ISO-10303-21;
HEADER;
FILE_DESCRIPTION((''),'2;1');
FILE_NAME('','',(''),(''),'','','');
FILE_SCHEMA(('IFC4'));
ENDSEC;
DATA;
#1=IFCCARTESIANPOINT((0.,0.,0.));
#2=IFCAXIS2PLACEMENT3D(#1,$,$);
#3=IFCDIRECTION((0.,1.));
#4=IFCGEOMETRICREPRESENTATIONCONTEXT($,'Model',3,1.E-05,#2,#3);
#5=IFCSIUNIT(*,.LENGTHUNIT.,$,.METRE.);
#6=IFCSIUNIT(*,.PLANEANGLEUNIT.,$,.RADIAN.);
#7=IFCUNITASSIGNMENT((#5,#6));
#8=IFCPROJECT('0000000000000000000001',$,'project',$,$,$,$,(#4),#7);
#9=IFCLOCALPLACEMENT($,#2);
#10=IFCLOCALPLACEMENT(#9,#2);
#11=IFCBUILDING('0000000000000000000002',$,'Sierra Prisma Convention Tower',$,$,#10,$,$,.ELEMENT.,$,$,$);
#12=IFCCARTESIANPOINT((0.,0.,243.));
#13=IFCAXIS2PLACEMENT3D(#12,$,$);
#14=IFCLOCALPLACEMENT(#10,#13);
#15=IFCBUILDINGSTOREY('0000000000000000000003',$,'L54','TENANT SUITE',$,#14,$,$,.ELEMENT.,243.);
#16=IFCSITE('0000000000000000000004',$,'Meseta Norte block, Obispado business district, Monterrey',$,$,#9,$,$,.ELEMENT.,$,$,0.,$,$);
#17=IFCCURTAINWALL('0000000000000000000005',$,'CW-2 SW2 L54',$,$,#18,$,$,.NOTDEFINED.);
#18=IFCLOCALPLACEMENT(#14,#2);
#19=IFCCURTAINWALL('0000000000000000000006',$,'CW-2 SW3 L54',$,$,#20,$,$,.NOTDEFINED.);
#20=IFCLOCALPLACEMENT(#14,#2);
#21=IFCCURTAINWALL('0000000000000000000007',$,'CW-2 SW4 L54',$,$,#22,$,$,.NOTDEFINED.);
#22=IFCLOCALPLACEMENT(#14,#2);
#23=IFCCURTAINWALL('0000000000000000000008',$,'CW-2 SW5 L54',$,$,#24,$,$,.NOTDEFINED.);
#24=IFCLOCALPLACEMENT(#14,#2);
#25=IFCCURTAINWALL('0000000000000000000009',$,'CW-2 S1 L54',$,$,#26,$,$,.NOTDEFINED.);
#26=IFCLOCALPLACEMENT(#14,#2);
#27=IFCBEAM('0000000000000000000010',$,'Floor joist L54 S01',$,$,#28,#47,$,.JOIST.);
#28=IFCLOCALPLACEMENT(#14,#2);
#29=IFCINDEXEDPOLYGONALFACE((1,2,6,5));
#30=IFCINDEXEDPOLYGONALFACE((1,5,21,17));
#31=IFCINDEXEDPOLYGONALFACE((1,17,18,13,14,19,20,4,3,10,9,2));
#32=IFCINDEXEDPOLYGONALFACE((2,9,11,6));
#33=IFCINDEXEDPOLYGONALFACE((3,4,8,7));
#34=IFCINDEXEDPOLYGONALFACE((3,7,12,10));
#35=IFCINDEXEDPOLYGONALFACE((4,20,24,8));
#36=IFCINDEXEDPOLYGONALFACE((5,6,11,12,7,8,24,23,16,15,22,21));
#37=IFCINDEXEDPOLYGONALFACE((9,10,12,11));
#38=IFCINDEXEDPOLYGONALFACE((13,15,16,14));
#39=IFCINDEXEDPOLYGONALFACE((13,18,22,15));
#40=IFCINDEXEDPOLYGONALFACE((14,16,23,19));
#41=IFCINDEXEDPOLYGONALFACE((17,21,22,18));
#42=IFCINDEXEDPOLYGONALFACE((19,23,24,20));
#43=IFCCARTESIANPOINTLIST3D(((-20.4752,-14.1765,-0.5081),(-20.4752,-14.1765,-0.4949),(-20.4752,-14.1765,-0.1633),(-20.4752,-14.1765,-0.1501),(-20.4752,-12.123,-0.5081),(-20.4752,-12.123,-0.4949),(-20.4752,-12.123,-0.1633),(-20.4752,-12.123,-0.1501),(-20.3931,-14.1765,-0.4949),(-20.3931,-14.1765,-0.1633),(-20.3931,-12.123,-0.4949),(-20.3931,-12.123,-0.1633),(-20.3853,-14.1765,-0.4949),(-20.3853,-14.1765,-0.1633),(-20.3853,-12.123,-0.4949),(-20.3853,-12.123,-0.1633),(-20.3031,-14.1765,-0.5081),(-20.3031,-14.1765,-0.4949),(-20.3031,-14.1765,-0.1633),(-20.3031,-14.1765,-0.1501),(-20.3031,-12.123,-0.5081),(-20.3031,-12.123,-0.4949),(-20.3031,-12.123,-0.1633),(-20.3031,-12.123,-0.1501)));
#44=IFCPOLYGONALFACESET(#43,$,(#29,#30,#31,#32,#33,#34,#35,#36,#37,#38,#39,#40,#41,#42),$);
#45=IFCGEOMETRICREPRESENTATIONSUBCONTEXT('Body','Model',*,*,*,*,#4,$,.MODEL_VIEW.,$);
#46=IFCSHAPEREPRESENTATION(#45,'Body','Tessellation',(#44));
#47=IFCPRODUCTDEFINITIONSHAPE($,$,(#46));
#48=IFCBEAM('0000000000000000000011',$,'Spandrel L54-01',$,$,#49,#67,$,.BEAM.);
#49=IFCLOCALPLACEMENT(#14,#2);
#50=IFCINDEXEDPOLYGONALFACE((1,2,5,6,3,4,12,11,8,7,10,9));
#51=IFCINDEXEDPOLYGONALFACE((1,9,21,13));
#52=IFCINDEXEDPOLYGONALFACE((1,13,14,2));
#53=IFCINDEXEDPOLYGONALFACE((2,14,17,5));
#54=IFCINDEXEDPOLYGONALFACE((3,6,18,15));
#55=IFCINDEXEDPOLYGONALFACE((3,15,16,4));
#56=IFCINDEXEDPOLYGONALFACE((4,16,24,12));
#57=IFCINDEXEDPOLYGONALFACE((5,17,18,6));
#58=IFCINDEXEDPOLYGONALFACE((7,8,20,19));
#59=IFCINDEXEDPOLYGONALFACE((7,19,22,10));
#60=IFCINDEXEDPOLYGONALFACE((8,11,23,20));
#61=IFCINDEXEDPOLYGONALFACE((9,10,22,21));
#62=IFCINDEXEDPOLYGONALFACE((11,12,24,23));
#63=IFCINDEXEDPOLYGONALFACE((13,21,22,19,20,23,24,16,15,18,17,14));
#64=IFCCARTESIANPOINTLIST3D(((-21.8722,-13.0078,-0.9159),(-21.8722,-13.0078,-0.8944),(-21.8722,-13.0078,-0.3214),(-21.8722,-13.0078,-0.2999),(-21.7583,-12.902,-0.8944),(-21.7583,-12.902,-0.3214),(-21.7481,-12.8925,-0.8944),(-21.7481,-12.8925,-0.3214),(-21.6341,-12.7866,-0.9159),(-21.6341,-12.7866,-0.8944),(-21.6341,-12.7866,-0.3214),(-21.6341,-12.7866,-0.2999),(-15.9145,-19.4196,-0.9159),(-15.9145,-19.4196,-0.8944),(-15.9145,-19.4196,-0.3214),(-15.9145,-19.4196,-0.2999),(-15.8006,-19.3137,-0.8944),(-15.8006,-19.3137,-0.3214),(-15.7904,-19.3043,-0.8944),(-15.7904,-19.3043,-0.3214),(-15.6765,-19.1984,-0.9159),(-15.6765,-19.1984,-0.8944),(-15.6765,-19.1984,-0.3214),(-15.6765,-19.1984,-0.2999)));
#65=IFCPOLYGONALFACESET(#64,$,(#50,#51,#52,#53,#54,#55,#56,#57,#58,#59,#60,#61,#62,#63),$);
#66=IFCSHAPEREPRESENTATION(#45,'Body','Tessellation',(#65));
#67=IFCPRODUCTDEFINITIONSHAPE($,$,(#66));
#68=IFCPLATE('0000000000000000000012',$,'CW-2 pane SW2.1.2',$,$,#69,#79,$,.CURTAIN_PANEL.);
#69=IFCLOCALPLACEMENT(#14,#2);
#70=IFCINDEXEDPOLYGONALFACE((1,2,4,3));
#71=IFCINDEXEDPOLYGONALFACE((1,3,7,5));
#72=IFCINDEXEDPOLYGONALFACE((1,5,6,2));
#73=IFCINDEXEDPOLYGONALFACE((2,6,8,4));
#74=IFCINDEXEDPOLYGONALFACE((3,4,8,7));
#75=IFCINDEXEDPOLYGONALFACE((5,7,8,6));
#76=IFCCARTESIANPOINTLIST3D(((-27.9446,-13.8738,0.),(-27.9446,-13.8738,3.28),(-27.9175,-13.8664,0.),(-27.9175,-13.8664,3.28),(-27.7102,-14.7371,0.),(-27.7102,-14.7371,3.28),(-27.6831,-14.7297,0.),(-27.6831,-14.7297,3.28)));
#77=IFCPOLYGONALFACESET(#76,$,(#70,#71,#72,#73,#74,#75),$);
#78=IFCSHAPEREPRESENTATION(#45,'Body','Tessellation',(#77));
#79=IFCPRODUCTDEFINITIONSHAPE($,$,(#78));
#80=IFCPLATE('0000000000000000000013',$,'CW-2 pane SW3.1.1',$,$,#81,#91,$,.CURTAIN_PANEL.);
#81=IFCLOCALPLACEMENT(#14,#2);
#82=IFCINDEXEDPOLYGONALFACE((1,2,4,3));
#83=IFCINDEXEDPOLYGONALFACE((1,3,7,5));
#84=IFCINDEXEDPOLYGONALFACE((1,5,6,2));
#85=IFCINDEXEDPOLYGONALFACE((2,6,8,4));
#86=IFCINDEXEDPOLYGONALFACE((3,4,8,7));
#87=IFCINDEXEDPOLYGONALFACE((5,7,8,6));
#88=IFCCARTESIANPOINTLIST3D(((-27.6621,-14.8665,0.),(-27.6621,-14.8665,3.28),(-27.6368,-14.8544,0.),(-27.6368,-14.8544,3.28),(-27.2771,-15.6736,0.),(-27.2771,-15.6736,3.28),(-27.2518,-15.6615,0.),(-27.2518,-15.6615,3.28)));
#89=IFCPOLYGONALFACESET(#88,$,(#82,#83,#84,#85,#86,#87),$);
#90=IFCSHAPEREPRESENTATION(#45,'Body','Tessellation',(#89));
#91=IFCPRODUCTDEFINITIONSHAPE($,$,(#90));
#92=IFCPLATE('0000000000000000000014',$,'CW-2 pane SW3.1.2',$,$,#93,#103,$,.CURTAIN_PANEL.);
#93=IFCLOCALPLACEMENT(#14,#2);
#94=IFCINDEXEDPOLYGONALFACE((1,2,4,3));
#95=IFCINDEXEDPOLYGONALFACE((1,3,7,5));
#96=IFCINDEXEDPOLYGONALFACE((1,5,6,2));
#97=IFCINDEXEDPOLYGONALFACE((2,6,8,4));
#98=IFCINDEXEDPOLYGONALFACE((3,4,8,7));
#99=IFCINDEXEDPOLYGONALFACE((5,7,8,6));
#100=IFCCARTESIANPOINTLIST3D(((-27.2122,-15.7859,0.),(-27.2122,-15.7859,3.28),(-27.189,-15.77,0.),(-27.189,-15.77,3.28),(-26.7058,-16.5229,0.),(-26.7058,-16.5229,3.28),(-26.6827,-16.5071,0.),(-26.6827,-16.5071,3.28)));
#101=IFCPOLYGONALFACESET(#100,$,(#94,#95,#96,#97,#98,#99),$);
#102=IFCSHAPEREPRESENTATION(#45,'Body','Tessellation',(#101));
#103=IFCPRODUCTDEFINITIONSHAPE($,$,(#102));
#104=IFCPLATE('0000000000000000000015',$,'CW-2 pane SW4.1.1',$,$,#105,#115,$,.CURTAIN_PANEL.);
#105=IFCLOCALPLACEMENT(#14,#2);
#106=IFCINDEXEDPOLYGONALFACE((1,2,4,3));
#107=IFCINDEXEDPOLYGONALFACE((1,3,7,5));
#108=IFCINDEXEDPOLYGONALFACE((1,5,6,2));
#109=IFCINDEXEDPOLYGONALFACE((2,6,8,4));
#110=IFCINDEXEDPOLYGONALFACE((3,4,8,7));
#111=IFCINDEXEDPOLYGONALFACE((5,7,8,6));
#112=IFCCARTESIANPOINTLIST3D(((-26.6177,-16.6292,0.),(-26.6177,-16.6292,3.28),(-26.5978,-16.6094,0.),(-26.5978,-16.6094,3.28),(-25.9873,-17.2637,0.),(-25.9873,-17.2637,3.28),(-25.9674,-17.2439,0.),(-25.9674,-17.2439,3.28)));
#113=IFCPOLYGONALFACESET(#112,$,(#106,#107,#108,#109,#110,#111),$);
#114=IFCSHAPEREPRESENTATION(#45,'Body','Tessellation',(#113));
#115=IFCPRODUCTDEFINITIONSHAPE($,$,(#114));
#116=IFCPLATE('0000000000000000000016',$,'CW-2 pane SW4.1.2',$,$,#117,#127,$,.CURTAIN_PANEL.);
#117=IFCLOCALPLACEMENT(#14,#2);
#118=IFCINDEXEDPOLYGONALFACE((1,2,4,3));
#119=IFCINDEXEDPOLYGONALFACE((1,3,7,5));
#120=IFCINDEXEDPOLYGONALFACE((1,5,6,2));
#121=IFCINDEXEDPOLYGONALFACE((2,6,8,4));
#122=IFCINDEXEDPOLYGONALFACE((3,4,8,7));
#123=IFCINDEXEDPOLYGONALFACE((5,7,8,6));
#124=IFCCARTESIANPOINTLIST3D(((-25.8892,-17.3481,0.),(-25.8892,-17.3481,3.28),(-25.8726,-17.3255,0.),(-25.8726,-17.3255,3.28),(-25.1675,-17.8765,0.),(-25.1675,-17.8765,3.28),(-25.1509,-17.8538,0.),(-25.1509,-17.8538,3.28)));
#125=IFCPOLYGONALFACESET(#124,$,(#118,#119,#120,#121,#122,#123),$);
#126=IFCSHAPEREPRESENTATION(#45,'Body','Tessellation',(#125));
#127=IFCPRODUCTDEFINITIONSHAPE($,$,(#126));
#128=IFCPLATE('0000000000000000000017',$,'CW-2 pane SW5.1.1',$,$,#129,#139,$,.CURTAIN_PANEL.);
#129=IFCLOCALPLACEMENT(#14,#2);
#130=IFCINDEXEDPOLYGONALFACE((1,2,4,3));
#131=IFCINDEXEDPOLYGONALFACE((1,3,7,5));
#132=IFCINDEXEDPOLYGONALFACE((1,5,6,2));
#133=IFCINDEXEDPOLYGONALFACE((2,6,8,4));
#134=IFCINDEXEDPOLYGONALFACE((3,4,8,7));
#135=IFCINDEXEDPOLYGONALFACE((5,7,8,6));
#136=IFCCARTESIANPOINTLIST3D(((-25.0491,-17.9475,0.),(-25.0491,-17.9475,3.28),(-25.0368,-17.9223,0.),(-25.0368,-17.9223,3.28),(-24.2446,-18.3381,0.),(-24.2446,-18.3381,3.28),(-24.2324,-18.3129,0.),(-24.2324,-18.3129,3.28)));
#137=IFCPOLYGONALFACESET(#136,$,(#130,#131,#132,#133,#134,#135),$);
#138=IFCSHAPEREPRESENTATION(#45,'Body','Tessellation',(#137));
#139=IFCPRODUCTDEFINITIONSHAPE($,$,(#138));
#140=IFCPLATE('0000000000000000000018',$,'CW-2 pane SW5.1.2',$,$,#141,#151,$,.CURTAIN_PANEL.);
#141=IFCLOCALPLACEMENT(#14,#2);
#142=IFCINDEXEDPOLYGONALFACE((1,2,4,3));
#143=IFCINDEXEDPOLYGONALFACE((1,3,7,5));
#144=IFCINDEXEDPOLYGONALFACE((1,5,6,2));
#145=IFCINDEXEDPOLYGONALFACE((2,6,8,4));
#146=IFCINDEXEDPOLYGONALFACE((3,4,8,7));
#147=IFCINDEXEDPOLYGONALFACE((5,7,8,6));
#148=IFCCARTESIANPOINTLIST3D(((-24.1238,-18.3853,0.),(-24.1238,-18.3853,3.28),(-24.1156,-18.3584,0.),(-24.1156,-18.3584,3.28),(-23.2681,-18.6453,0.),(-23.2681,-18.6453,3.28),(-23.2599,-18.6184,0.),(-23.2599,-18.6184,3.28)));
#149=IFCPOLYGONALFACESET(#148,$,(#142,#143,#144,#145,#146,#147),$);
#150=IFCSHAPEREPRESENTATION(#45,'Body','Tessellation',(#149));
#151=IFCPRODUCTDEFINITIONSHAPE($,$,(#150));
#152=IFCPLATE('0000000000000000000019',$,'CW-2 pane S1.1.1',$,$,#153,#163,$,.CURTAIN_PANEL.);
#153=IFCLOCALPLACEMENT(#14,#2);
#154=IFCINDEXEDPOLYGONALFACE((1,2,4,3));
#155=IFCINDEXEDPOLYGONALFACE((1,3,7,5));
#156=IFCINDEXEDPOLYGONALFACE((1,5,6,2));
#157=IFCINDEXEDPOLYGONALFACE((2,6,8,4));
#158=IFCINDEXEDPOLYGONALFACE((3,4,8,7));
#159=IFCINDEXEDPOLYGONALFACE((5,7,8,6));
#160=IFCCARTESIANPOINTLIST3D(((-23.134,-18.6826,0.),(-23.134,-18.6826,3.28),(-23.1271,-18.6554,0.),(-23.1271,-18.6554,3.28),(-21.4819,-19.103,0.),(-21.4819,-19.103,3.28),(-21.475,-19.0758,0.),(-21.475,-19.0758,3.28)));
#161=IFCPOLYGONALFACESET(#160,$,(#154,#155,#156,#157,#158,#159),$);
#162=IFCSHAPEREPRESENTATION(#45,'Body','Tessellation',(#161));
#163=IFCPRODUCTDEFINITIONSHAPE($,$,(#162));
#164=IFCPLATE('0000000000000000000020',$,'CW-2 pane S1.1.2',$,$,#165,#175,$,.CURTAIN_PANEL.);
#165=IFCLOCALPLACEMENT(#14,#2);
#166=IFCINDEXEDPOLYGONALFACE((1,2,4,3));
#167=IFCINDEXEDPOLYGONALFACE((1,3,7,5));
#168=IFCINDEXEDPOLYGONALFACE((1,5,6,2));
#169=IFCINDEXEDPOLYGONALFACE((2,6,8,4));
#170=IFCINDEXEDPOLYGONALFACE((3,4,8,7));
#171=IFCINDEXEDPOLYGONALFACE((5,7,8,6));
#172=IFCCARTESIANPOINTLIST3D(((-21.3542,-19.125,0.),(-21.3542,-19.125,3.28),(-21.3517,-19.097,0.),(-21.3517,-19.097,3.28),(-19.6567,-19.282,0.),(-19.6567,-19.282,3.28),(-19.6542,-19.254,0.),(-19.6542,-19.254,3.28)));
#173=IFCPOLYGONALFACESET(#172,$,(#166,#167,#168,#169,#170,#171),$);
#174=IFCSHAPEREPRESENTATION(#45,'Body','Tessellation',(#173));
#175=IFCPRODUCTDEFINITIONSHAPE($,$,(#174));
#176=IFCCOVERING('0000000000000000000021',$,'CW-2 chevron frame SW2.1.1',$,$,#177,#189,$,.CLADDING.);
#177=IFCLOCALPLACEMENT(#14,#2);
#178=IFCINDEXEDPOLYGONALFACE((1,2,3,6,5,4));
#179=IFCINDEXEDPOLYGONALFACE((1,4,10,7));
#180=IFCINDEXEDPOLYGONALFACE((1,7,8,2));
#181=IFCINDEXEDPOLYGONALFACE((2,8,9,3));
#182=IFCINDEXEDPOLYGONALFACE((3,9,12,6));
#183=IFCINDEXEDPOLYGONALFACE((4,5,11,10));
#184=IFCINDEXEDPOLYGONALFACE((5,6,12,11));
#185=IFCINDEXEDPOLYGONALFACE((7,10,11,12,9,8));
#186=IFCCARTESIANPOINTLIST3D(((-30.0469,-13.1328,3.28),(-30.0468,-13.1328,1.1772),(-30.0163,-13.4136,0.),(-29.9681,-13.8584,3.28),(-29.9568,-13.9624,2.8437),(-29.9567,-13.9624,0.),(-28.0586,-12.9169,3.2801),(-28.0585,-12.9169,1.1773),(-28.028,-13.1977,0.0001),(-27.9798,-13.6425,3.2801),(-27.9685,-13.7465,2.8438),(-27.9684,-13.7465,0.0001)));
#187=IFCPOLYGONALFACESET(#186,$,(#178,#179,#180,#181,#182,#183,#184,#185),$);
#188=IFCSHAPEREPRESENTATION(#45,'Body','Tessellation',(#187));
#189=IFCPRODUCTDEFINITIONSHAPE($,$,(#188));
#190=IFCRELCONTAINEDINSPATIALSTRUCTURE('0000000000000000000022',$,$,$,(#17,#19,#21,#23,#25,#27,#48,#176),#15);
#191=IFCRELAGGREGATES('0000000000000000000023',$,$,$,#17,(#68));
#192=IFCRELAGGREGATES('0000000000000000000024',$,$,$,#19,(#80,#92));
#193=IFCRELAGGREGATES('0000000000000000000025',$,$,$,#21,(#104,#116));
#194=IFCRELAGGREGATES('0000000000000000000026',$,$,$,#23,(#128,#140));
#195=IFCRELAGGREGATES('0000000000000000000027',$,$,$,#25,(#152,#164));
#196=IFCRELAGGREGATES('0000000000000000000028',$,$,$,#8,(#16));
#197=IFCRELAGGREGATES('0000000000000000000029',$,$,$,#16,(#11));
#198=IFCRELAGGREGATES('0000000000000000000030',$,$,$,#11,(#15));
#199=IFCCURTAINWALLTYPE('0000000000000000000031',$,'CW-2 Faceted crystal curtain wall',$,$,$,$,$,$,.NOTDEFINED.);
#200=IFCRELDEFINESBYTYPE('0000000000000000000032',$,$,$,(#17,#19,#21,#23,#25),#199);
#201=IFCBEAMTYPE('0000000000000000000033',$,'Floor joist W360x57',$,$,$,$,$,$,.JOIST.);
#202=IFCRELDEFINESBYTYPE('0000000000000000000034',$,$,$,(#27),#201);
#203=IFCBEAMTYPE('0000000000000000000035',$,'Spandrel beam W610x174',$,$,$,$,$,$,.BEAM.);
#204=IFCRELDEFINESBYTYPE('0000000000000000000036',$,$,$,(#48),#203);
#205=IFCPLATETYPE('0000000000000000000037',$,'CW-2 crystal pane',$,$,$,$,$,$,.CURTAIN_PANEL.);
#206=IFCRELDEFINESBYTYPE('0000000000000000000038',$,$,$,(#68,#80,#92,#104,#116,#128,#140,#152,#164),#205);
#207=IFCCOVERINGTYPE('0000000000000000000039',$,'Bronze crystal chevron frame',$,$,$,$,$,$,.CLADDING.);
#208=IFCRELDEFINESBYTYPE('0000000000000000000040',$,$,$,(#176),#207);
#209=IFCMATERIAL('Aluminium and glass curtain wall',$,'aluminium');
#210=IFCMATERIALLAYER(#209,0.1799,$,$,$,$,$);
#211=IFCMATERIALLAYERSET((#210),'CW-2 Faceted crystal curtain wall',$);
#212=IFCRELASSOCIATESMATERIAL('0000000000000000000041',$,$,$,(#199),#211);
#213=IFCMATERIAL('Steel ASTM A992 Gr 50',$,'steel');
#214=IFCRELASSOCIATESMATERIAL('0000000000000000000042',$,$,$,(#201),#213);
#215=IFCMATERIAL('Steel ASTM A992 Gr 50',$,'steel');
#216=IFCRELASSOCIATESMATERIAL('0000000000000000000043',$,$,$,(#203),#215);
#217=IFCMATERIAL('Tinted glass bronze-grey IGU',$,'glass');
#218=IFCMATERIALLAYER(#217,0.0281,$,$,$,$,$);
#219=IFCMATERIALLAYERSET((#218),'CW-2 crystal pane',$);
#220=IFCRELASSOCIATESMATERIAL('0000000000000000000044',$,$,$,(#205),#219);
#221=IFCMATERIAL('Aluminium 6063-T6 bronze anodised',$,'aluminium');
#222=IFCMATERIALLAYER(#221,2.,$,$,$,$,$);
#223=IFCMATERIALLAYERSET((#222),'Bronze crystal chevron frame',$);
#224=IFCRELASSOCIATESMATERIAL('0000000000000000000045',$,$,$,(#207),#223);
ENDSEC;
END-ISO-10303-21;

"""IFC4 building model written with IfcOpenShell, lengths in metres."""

from ifc_helpers import new_model, si_unit, direction, frame, origin, origin_2d, place, context, subcontext, project, spatial, polyline, i_section, outline, extrude, material, layer, layer_set, material_profile, profile_set, type_object, element, aggregate, save


model = new_model("IFC4")

# Units and contexts
model_context = context("Model", 3, precision=1e-05, world=origin(), true_north=direction((0.0, 1.0)))
body_context = subcontext(model_context, "Body", "Model", "MODEL_VIEW")
ifc_project = project(units=[si_unit("LENGTHUNIT", "METRE"), si_unit("PLANEANGLEUNIT", "RADIAN")], contexts=[model_context])

# Site, building, storey
site_placement = place(None, origin())
site = spatial("IfcSite", under=ifc_project, at=site_placement, Name="Meseta Norte block, Obispado business district, Monterrey", CompositionType="ELEMENT", RefElevation=0.0)
building_placement = place(site_placement, origin())
building = spatial("IfcBuilding", under=site, at=building_placement, Name="Sierra Prisma Convention Tower", CompositionType="ELEMENT")
storey_placement = place(building_placement, frame((0.0, 0.0, 243.0)))
storey = spatial("IfcBuildingStorey", under=building, at=storey_placement, Name="L54", Description="TENANT SUITE", CompositionType="ELEMENT", Elevation=243.0)

# Curtain walls
ifc_material_1 = material(Name="Aluminium and glass curtain wall", Category="aluminium")
ifc_layer_1 = layer(ifc_material_1, 0.1799)
ifc_layer_set_1 = layer_set([ifc_layer_1], Name="CW-2 Faceted crystal curtain wall")
curtain_wall_type = type_object("IfcCurtainWallType", Name="CW-2 Faceted crystal curtain wall", PredefinedType="NOTDEFINED", material=ifc_layer_set_1)
curtain_wall_1_placement = place(storey_placement, origin())
curtain_wall_1 = element("IfcCurtainWall", 1, at=curtain_wall_1_placement, inside=storey, type_object=curtain_wall_type, Name="CW-2 SW2 L54", PredefinedType="NOTDEFINED")
curtain_wall_2_placement = place(storey_placement, origin())
curtain_wall_2 = element("IfcCurtainWall", 2, at=curtain_wall_2_placement, inside=storey, type_object=curtain_wall_type, Name="CW-2 SW3 L54", PredefinedType="NOTDEFINED")
curtain_wall_3_placement = place(storey_placement, origin())
curtain_wall_3 = element("IfcCurtainWall", 3, at=curtain_wall_3_placement, inside=storey, type_object=curtain_wall_type, Name="CW-2 SW4 L54", PredefinedType="NOTDEFINED")
curtain_wall_4_placement = place(storey_placement, origin())
curtain_wall_4 = element("IfcCurtainWall", 4, at=curtain_wall_4_placement, inside=storey, type_object=curtain_wall_type, Name="CW-2 SW5 L54", PredefinedType="NOTDEFINED")
curtain_wall_5_placement = place(storey_placement, origin())
curtain_wall_5 = element("IfcCurtainWall", 5, at=curtain_wall_5_placement, inside=storey, type_object=curtain_wall_type, Name="CW-2 S1 L54", PredefinedType="NOTDEFINED")

# Beams
ifc_material_2 = material(Name="Steel ASTM A992 Gr 50", Category="steel")
ifc_material_profile_1 = material_profile(ifc_material_2, i_section(OverallWidth=0.1721, OverallDepth=0.3579, WebThickness=0.0078, FlangeThickness=0.0132, at=origin_2d()), Name="W360x57")
ifc_profile_set_1 = profile_set([ifc_material_profile_1], Name="Steel ASTM A992 Gr 50")
beam_type_1 = type_object("IfcBeamType", Name="Floor joist W360x57", PredefinedType="JOIST", material=ifc_profile_set_1)
beam_1_placement = place(storey_placement, frame((-20.3892, -14.1765, -0.3291), z_axis=(0.0, 1.0, 0.0), x_axis=(-1.0, 0.0, 0.0)))
element("IfcBeam", 6, at=beam_1_placement, inside=storey, type_object=beam_type_1, Name="Floor joist L54 S01", PredefinedType="JOIST", context=body_context, shape_type="SweptSolid", body=[
    extrude(i_section(OverallWidth=0.1721, OverallDepth=0.3579, WebThickness=0.0078, FlangeThickness=0.0132, at=origin_2d()), origin(), (0.0, 0.0, 1.0), 2.0535),
])
ifc_material_3 = material(Name="Steel ASTM A992 Gr 50", Category="steel")
ifc_material_profile_2 = material_profile(ifc_material_3, i_section(OverallWidth=0.325, OverallDepth=0.616, WebThickness=0.0139, FlangeThickness=0.0215, at=origin_2d()), Name="W610x174")
ifc_profile_set_2 = profile_set([ifc_material_profile_2], Name="Steel ASTM A992 Gr 50")
beam_type_2 = type_object("IfcBeamType", Name="Spandrel beam W610x174", PredefinedType="BEAM", material=ifc_profile_set_2)
beam_2_placement = place(storey_placement, frame((-21.7532, -12.8972, -0.6079), z_axis=(0.68069, -0.732572, 0.0), x_axis=(0.732572, 0.68069, 0.0)))
element("IfcBeam", 7, at=beam_2_placement, inside=storey, type_object=beam_type_2, Name="Spandrel L54-01", PredefinedType="BEAM", context=body_context, shape_type="SweptSolid", body=[
    extrude(i_section(OverallWidth=0.325, OverallDepth=0.616, WebThickness=0.0139, FlangeThickness=0.0215, at=origin_2d()), origin(), (0.0, 0.0, 1.0), 8.7524),
])

# Plates
ifc_material_4 = material(Name="Tinted glass bronze-grey IGU", Category="glass")
ifc_layer_2 = layer(ifc_material_4, 0.0281)
ifc_layer_set_2 = layer_set([ifc_layer_2], Name="CW-2 crystal pane")
plate_type = type_object("IfcPlateType", Name="CW-2 crystal pane", PredefinedType="CURTAIN_PANEL", material=ifc_layer_set_2)
plate_1_placement = place(storey_placement, frame((-27.7102, -14.7371, 0.0), z_axis=(-0.965066, -0.262009, 0.0), x_axis=(-0.262009, 0.965066, 0.0)))
plate_1 = element("IfcPlate", 8, at=plate_1_placement, type_object=plate_type, Name="CW-2 pane SW2.1.2", PredefinedType="CURTAIN_PANEL", context=body_context, shape_type="SweptSolid", body=[
    extrude(outline(polyline([(0.0, 0.0), (0.8945, 0.0), (0.8945, -3.28), (0.0, -3.28), (0.0, 0.0)])), origin(), (0.0, 0.0, -1.0), 0.0281),
])
aggregate(curtain_wall_1, [plate_1])
plate_2_placement = place(storey_placement, frame((-27.6621, -14.8665, 0.0), z_axis=(-0.902573, -0.430538, 0.0), x_axis=(0.430538, -0.902573, 0.0)))
plate_2 = element("IfcPlate", 9, at=plate_2_placement, type_object=plate_type, Name="CW-2 pane SW3.1.1", PredefinedType="CURTAIN_PANEL", context=body_context, shape_type="SweptSolid", body=[
    extrude(outline(polyline([(0.0, 0.0), (0.8943, 0.0), (0.8943, 3.28), (0.0, 3.28), (0.0, 0.0)])), origin(), (0.0, 0.0, -1.0), 0.0281),
])
plate_3_placement = place(storey_placement, frame((-26.7058, -16.5229, 0.0), z_axis=(-0.824241, -0.566239, 0.0), x_axis=(-0.566239, 0.824241, 0.0)))
plate_3 = element("IfcPlate", 10, at=plate_3_placement, type_object=plate_type, Name="CW-2 pane SW3.1.2", PredefinedType="CURTAIN_PANEL", context=body_context, shape_type="SweptSolid", body=[
    extrude(outline(polyline([(0.0, 0.0), (0.8942, 0.0), (0.8942, -3.28), (0.0, -3.28), (0.0, 0.0)])), origin(), (0.0, 0.0, -1.0), 0.0281),
])
aggregate(curtain_wall_2, [plate_2, plate_3])
plate_4_placement = place(storey_placement, frame((-26.6177, -16.6292, 0.0), z_axis=(-0.709423, -0.704783, 0.0), x_axis=(0.704783, -0.709423, 0.0)))
plate_4 = element("IfcPlate", 11, at=plate_4_placement, type_object=plate_type, Name="CW-2 pane SW4.1.1", PredefinedType="CURTAIN_PANEL", context=body_context, shape_type="SweptSolid", body=[
    extrude(outline(polyline([(0.0, 0.0), (0.8944, 0.0), (0.8944, 3.28), (0.0, 3.28), (0.0, 0.0)])), origin(), (0.0, 0.0, -1.0), 0.0281),
])
plate_5_placement = place(storey_placement, frame((-25.1675, -17.8765, 0.0), z_axis=(-0.590701, -0.806891, 0.0), x_axis=(-0.806891, 0.590701, 0.0)))
plate_5 = element("IfcPlate", 12, at=plate_5_placement, type_object=plate_type, Name="CW-2 pane SW4.1.2", PredefinedType="CURTAIN_PANEL", context=body_context, shape_type="SweptSolid", body=[
    extrude(outline(polyline([(0.0, 0.0), (0.8944, 0.0), (0.8944, -3.28), (0.0, -3.28), (0.0, 0.0)])), origin(), (0.0, 0.0, -1.0), 0.0281),
])
aggregate(curtain_wall_3, [plate_4, plate_5])
plate_6_placement = place(storey_placement, frame((-25.0491, -17.9475, 0.0), z_axis=(-0.436809, -0.899554, 0.0), x_axis=(0.899554, -0.436809, 0.0)))
plate_6 = element("IfcPlate", 13, at=plate_6_placement, type_object=plate_type, Name="CW-2 pane SW5.1.1", PredefinedType="CURTAIN_PANEL", context=body_context, shape_type="SweptSolid", body=[
    extrude(outline(polyline([(0.0, 0.0), (0.8943, 0.0), (0.8943, 3.28), (0.0, 3.28), (0.0, 0.0)])), origin(), (0.0, 0.0, -1.0), 0.0281),
])
plate_7_placement = place(storey_placement, frame((-23.2681, -18.6453, 0.0), z_axis=(-0.290727, -0.956806, 0.0), x_axis=(-0.956806, 0.290727, 0.0)))
plate_7 = element("IfcPlate", 14, at=plate_7_placement, type_object=plate_type, Name="CW-2 pane SW5.1.2", PredefinedType="CURTAIN_PANEL", context=body_context, shape_type="SweptSolid", body=[
    extrude(outline(polyline([(0.0, 0.0), (0.8943, 0.0), (0.8943, -3.28), (0.0, -3.28), (0.0, 0.0)])), origin(), (0.0, 0.0, -1.0), 0.0281),
])
aggregate(curtain_wall_4, [plate_6, plate_7])
plate_8_placement = place(storey_placement, frame((-23.134, -18.6826, 0.0), z_axis=(-0.246611, -0.969115, 0.0), x_axis=(0.969115, -0.246611, 0.0)))
plate_8 = element("IfcPlate", 15, at=plate_8_placement, type_object=plate_type, Name="CW-2 pane S1.1.1", PredefinedType="CURTAIN_PANEL", context=body_context, shape_type="SweptSolid", body=[
    extrude(outline(polyline([(0.0, 0.0), (1.7048, 0.0), (1.7048, 3.28), (0.0, 3.28), (0.0, 0.0)])), origin(), (0.0, 0.0, -1.0), 0.0281),
])
plate_9_placement = place(storey_placement, frame((-19.6567, -19.282, 0.0), z_axis=(-0.092085, -0.995751, 0.0), x_axis=(-0.995751, 0.092085, 0.0)))
plate_9 = element("IfcPlate", 16, at=plate_9_placement, type_object=plate_type, Name="CW-2 pane S1.1.2", PredefinedType="CURTAIN_PANEL", context=body_context, shape_type="SweptSolid", body=[
    extrude(outline(polyline([(0.0, 0.0), (1.7048, 0.0), (1.7048, -3.28), (0.0, -3.28), (0.0, 0.0)])), origin(), (0.0, 0.0, -1.0), 0.0281),
])
aggregate(curtain_wall_5, [plate_8, plate_9])

# Covering
ifc_material_5 = material(Name="Aluminium 6063-T6 bronze anodised", Category="aluminium")
ifc_layer_3 = layer(ifc_material_5, 2.0)
ifc_layer_set_3 = layer_set([ifc_layer_3], Name="Bronze crystal chevron frame")
covering_type = type_object("IfcCoveringType", Name="Bronze crystal chevron frame", PredefinedType="CLADDING", material=ifc_layer_set_3)
covering_1_placement = place(storey_placement, frame((-30.0469, -13.1328, 3.28), z_axis=(-0.994158, -0.107937, -0.000034), x_axis=(0.000034, 0.000004, -1.0)))
element("IfcCovering", 17, at=covering_1_placement, inside=storey, type_object=covering_type, Name="CW-2 chevron frame SW2.1.1", PredefinedType="CLADDING", context=body_context, shape_type="SweptSolid", body=[
    extrude(outline(polyline([(0.0, 0.0), (2.1028, 0.0), (3.28, 0.2824), (3.28, 0.8345), (0.4363, 0.8345), (0.0, 0.7298), (0.0, 0.0)])), origin(), (0.0, 0.0, -1.0), 2.0),
])

save(model, "model.ifc")
